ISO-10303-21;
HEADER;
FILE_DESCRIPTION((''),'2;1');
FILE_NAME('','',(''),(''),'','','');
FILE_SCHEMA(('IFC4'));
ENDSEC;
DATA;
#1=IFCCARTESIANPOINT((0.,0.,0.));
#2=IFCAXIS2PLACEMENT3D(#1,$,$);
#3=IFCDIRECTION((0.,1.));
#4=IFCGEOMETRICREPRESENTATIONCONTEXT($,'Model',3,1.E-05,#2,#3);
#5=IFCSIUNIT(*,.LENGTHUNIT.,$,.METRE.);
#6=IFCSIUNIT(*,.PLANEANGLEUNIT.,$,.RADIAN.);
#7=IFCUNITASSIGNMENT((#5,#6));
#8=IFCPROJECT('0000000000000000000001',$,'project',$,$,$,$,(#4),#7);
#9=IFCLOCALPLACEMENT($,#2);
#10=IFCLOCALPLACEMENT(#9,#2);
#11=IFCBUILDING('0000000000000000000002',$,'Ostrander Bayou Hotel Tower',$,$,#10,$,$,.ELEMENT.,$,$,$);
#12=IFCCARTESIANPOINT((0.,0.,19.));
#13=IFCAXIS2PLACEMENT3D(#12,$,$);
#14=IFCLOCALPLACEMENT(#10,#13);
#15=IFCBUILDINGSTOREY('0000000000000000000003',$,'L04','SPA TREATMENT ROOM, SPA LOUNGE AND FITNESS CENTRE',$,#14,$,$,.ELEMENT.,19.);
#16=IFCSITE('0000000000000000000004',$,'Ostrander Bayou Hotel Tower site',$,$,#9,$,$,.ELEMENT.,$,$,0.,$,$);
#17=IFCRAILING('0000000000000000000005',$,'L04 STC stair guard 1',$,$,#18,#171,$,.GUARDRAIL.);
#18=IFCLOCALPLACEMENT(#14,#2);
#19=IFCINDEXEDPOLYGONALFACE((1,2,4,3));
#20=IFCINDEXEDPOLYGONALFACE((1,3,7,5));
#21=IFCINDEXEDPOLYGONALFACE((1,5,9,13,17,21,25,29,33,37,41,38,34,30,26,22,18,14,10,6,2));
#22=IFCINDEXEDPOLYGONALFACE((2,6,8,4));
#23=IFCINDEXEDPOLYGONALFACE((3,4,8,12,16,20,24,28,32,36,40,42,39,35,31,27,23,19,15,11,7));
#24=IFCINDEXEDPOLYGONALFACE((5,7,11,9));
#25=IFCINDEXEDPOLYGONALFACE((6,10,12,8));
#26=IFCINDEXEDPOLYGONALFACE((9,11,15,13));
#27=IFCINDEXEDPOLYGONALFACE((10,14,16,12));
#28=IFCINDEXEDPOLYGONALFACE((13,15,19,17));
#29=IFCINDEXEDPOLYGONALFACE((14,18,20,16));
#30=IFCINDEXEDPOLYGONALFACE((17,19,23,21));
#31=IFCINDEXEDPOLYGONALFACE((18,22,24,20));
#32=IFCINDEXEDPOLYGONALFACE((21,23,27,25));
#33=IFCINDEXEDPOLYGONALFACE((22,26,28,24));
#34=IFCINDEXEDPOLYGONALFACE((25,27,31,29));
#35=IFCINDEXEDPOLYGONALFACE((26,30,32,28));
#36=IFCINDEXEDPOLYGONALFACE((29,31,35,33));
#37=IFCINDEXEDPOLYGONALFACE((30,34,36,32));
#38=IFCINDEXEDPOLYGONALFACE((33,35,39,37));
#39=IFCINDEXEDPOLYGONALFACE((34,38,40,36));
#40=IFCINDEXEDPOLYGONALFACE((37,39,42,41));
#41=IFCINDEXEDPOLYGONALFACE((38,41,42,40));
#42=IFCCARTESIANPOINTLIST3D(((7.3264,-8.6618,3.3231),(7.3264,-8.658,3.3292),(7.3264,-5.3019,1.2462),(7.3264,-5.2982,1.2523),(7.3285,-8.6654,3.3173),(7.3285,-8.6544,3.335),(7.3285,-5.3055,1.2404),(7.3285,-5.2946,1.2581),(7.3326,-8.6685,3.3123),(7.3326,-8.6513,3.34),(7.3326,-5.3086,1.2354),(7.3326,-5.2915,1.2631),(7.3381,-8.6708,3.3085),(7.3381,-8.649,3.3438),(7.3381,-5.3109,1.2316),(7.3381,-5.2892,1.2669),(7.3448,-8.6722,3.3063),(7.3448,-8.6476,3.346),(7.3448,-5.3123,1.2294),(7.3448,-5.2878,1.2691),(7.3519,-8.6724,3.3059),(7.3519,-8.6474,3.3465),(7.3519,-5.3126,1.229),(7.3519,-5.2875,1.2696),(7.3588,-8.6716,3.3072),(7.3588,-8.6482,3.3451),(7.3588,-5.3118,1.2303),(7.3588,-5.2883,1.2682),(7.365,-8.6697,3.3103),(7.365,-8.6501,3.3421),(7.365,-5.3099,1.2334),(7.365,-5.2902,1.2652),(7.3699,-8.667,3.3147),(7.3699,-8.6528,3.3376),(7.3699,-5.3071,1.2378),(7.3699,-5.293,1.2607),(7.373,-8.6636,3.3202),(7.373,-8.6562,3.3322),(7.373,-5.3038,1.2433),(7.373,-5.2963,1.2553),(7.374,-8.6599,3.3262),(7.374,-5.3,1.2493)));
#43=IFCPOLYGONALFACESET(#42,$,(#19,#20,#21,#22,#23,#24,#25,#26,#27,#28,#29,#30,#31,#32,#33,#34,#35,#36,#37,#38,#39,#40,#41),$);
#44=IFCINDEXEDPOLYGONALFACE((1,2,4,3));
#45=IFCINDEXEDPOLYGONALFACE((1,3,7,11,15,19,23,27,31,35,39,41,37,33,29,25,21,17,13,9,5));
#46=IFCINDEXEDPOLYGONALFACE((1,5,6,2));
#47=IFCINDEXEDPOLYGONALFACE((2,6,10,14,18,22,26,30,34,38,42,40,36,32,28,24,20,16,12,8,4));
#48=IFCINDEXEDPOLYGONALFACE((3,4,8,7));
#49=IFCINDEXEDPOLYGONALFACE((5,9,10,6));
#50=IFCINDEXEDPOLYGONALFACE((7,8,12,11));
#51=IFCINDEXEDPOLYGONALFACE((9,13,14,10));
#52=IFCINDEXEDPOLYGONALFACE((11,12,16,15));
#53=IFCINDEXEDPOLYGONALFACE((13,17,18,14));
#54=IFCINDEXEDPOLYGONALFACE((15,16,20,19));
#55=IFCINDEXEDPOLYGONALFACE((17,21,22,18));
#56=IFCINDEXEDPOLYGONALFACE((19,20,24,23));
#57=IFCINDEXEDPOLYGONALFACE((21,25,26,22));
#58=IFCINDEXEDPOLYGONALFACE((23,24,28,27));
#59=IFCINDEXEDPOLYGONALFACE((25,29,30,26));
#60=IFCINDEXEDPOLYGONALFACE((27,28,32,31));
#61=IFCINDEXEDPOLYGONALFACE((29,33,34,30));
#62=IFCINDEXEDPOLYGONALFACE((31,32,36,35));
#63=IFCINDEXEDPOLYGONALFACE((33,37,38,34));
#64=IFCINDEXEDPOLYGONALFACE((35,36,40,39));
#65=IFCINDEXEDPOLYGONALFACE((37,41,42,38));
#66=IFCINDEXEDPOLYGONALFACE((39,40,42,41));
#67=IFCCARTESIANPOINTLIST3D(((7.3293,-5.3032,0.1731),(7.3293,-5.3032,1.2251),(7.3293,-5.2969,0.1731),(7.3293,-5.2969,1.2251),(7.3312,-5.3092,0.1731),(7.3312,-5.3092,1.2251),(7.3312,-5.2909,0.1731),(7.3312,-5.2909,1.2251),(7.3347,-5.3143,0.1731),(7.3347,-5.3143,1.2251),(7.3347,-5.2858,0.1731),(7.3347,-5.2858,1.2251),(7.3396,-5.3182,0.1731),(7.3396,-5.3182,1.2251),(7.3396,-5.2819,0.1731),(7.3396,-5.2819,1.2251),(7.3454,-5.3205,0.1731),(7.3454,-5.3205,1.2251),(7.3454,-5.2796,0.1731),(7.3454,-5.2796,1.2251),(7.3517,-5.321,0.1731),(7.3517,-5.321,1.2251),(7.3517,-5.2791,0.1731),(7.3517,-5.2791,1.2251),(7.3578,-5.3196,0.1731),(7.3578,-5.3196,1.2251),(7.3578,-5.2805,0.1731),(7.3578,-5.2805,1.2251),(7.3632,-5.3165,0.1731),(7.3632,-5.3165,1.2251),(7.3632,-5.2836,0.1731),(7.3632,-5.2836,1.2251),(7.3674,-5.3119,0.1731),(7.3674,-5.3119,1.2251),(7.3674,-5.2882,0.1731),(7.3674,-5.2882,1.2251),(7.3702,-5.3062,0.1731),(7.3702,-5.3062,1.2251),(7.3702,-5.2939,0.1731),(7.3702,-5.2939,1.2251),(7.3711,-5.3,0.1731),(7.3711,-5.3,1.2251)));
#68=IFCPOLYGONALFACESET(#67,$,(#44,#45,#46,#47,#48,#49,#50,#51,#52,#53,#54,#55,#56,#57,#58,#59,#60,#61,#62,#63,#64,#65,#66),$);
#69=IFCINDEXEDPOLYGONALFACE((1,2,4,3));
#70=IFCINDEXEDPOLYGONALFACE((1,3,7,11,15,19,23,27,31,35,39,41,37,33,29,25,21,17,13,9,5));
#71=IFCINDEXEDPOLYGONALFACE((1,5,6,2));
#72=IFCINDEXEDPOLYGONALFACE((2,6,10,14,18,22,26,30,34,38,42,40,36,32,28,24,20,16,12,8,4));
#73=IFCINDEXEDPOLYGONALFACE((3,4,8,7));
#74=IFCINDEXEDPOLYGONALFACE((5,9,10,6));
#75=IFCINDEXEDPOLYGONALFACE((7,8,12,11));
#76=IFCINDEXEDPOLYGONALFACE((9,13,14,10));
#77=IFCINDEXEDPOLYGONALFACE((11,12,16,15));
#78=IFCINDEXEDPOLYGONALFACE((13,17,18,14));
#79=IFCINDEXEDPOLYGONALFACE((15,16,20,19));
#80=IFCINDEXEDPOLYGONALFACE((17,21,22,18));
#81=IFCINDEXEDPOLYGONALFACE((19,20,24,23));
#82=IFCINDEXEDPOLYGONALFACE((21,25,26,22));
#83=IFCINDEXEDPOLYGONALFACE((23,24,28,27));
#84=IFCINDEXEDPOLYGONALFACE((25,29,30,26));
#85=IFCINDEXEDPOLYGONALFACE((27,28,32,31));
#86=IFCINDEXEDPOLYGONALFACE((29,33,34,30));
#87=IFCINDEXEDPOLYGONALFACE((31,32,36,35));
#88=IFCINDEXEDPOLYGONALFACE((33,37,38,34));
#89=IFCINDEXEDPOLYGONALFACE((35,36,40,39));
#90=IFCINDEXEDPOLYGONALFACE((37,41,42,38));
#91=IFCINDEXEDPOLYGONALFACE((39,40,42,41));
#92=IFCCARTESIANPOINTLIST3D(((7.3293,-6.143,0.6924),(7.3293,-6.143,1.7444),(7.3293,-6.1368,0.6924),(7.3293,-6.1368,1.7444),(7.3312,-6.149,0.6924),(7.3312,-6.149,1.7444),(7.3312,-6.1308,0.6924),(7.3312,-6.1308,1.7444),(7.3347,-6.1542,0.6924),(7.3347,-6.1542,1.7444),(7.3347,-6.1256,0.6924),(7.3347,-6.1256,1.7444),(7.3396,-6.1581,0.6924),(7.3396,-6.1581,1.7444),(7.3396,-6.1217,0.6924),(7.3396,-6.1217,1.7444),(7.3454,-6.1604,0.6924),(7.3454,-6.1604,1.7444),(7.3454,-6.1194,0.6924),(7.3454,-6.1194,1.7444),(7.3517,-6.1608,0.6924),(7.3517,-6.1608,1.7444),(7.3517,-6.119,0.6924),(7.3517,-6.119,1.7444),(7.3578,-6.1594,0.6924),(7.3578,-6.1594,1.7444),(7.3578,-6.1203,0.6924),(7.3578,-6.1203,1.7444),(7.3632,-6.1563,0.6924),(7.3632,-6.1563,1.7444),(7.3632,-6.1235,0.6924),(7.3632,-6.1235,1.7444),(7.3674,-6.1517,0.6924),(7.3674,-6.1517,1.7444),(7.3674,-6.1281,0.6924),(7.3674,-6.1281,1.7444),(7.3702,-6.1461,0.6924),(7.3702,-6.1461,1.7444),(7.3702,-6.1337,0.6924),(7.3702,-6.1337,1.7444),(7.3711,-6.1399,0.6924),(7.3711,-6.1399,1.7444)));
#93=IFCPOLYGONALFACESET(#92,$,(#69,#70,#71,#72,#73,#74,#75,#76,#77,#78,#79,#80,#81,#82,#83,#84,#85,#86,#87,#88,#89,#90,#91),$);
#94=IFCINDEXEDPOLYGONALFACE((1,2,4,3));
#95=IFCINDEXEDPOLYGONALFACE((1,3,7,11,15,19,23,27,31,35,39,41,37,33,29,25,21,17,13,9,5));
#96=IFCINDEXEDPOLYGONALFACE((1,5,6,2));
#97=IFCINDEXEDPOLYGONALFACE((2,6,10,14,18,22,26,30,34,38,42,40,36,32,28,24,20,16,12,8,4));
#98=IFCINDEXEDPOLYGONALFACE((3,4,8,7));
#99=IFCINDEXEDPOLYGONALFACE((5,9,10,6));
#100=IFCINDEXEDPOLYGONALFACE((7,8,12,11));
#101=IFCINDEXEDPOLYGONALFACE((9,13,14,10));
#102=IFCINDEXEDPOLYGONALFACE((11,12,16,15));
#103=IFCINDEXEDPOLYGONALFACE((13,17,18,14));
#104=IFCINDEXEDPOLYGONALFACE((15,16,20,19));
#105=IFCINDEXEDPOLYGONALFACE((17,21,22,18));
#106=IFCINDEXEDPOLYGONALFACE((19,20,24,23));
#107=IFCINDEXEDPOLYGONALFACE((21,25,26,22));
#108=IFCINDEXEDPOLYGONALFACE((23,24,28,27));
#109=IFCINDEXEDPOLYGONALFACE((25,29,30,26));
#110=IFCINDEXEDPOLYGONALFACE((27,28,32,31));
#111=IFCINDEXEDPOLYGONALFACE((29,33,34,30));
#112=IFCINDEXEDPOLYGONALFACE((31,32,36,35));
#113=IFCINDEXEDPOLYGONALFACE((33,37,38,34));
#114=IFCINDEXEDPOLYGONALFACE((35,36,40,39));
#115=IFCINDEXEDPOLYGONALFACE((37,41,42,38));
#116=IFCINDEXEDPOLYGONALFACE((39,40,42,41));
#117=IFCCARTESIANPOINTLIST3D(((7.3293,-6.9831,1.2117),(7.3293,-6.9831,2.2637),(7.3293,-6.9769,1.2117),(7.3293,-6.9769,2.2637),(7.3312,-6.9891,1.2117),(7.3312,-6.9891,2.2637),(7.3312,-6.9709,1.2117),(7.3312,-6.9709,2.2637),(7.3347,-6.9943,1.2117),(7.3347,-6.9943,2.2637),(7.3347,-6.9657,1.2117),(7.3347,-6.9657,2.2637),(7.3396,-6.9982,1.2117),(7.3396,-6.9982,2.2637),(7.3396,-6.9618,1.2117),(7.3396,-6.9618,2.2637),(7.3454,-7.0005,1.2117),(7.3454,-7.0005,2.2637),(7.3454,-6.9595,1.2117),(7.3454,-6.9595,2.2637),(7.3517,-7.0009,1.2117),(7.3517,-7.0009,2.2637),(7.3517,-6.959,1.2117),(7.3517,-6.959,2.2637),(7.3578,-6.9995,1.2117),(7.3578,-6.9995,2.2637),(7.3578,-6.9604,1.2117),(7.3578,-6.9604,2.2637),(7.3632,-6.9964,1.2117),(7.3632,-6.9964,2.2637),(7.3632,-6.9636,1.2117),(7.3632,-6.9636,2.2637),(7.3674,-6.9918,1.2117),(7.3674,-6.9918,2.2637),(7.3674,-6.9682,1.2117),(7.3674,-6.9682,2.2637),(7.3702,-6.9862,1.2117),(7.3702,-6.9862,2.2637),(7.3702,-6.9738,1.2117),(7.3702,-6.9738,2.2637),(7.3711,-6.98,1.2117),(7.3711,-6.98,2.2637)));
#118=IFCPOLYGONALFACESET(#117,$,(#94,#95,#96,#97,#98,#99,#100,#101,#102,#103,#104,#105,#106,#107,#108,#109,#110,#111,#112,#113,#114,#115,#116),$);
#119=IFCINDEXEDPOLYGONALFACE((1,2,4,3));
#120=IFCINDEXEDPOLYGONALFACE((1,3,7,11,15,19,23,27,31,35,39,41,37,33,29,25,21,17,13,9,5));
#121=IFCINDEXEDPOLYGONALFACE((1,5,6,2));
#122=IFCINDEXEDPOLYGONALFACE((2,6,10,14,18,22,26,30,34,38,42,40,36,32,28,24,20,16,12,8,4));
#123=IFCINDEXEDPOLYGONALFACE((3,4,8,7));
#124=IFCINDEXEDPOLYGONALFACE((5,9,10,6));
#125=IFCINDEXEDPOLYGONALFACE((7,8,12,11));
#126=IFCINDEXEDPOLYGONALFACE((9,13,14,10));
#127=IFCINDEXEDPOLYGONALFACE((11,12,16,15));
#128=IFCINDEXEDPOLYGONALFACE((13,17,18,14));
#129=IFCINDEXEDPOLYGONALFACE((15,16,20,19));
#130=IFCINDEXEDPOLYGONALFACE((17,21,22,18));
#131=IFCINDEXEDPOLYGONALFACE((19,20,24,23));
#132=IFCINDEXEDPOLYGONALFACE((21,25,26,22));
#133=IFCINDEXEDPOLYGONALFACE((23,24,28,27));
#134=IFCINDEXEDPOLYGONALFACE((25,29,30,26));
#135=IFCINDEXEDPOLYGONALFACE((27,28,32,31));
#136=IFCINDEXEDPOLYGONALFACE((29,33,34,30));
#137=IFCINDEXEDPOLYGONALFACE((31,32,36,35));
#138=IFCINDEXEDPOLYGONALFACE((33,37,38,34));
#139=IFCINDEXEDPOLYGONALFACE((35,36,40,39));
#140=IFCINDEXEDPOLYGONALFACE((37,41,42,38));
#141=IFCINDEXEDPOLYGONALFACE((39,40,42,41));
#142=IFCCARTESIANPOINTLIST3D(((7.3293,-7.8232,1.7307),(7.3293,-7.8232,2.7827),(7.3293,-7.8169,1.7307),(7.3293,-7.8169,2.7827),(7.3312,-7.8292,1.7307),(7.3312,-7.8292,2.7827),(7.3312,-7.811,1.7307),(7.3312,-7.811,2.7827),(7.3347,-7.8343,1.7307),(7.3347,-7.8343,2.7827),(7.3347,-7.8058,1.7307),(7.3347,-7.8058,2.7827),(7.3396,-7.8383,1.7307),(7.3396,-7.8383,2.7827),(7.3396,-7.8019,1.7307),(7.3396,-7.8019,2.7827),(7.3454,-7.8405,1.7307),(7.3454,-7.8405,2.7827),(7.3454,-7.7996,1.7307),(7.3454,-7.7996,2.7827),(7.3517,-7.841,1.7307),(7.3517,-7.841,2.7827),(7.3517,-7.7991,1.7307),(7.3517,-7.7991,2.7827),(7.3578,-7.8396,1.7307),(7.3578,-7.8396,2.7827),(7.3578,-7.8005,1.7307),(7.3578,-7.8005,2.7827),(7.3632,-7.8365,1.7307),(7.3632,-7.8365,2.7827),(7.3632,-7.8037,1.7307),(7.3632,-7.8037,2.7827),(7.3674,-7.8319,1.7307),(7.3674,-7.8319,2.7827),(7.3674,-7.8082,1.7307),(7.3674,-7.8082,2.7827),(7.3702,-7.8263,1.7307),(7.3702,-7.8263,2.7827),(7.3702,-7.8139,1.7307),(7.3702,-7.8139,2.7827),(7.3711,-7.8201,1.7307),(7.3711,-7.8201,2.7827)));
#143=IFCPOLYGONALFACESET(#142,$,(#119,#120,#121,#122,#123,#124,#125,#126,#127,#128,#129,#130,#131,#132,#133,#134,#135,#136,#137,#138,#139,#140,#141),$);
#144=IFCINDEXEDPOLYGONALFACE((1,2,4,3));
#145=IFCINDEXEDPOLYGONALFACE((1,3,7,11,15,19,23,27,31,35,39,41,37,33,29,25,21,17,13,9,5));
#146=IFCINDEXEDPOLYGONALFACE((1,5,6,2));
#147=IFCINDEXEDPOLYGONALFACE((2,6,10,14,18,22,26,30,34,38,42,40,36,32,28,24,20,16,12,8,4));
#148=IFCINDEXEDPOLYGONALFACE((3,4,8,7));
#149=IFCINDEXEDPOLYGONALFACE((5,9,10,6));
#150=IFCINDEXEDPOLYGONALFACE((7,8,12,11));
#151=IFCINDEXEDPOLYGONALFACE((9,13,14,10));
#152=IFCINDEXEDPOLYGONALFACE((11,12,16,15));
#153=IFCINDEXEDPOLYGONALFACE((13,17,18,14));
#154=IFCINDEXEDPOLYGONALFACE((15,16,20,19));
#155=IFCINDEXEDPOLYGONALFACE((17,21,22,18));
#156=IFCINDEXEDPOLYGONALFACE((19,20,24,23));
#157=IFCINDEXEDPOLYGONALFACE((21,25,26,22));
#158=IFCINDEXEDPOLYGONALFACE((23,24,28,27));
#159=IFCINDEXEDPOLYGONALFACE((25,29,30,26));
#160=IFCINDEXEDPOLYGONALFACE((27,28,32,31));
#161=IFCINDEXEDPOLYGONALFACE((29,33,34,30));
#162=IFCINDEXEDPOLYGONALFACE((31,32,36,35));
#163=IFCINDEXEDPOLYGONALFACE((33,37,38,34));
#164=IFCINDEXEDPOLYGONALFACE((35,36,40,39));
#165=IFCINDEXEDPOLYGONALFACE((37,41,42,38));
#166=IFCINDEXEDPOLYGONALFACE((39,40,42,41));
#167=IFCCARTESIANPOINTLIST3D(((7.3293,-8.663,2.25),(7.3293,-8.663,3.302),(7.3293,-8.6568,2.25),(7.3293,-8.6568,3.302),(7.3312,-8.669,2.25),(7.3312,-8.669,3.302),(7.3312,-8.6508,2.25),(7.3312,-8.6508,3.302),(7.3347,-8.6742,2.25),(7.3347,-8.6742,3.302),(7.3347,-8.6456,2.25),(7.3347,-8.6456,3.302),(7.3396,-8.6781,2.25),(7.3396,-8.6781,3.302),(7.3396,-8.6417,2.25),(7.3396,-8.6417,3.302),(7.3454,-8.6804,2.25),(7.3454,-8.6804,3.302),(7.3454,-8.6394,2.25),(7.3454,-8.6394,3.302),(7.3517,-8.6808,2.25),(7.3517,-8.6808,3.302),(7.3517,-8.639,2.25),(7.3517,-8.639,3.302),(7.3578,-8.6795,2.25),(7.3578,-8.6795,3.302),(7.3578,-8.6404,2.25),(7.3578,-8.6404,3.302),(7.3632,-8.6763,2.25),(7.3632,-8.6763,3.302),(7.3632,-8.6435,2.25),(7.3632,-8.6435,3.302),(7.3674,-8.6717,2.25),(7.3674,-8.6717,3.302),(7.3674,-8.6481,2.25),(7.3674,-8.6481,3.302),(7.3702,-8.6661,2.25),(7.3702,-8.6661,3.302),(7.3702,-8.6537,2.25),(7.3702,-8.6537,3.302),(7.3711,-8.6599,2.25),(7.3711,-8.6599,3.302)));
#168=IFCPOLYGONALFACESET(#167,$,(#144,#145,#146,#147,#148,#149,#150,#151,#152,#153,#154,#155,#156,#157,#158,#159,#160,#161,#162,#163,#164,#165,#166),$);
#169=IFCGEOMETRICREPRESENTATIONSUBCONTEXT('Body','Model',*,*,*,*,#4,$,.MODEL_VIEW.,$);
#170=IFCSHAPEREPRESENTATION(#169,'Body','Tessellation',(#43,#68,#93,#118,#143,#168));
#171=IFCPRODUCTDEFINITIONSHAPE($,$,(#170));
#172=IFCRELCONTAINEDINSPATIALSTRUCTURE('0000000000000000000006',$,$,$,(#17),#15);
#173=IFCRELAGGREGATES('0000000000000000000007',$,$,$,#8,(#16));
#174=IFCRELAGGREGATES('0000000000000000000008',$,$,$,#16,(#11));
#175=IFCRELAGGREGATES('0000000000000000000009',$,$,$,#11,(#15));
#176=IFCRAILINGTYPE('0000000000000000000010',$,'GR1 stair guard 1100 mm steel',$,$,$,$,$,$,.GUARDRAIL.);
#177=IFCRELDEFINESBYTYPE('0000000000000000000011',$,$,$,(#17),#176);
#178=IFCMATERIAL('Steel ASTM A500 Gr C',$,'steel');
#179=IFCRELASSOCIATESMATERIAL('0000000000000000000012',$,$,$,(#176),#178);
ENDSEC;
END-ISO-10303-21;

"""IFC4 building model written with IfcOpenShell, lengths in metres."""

from ifc_helpers import new_model, si_unit, direction, frame, origin, origin_2d, place, context, subcontext, project, spatial, circle, extrude, material, type_object, element, save


model = new_model("IFC4")

# Units and contexts
model_context = context("Model", 3, precision=1e-05, world=origin(), true_north=direction((0.0, 1.0)))
body_context = subcontext(model_context, "Body", "Model", "MODEL_VIEW")
ifc_project = project(units=[si_unit("LENGTHUNIT", "METRE"), si_unit("PLANEANGLEUNIT", "RADIAN")], contexts=[model_context])

# Site, building, storey
site_placement = place(None, origin())
site = spatial("IfcSite", under=ifc_project, at=site_placement, Name="Ostrander Bayou Hotel Tower site", CompositionType="ELEMENT", RefElevation=0.0)
building_placement = place(site_placement, origin())
building = spatial("IfcBuilding", under=site, at=building_placement, Name="Ostrander Bayou Hotel Tower", CompositionType="ELEMENT")
storey_placement = place(building_placement, frame((0.0, 0.0, 19.0)))
storey = spatial("IfcBuildingStorey", under=building, at=storey_placement, Name="L04", Description="SPA TREATMENT ROOM, SPA LOUNGE AND FITNESS CENTRE", CompositionType="ELEMENT", Elevation=19.0)

# Railing
ifc_material_1 = material(Name="Steel ASTM A500 Gr C", Category="steel")
railing_type_1 = type_object("IfcRailingType", Name="GR1 stair guard 1100 mm steel", PredefinedType="GUARDRAIL", material=ifc_material_1)
railing_1_placement = place(storey_placement, frame((7.3501, -5.3, 0.1731)))
element("IfcRailing", 1, at=railing_1_placement, inside=storey, type_object=railing_type_1, Name="L04 STC stair guard 1", PredefinedType="GUARDRAIL", context=body_context, shape_type="SweptSolid", body=[
    extrude(circle(Radius=0.0239, at=origin_2d()), frame((0.0, 0.0, 1.0762), z_axis=(0.0, -0.850606, 0.525803), x_axis=(1.0, 0.0, 0.0)), (0.0, 0.0, 1.0), 3.95),
    extrude(circle(Radius=0.021, at=origin_2d()), origin(), (0.0, 0.0, 1.0), 1.052),
    extrude(circle(Radius=0.021, at=origin_2d()), frame((0.0, -0.8398, 0.5193)), (0.0, 0.0, 1.0), 1.052),
    extrude(circle(Radius=0.021, at=origin_2d()), frame((0.0, -1.6799, 1.0386)), (0.0, 0.0, 1.0), 1.052),
    extrude(circle(Radius=0.021, at=origin_2d()), frame((0.0, -2.52, 1.5576)), (0.0, 0.0, 1.0), 1.052),
    extrude(circle(Radius=0.021, at=origin_2d()), frame((0.0, -3.3599, 2.0769)), (0.0, 0.0, 1.0), 1.052),
])

save(model, "model.ifc")
